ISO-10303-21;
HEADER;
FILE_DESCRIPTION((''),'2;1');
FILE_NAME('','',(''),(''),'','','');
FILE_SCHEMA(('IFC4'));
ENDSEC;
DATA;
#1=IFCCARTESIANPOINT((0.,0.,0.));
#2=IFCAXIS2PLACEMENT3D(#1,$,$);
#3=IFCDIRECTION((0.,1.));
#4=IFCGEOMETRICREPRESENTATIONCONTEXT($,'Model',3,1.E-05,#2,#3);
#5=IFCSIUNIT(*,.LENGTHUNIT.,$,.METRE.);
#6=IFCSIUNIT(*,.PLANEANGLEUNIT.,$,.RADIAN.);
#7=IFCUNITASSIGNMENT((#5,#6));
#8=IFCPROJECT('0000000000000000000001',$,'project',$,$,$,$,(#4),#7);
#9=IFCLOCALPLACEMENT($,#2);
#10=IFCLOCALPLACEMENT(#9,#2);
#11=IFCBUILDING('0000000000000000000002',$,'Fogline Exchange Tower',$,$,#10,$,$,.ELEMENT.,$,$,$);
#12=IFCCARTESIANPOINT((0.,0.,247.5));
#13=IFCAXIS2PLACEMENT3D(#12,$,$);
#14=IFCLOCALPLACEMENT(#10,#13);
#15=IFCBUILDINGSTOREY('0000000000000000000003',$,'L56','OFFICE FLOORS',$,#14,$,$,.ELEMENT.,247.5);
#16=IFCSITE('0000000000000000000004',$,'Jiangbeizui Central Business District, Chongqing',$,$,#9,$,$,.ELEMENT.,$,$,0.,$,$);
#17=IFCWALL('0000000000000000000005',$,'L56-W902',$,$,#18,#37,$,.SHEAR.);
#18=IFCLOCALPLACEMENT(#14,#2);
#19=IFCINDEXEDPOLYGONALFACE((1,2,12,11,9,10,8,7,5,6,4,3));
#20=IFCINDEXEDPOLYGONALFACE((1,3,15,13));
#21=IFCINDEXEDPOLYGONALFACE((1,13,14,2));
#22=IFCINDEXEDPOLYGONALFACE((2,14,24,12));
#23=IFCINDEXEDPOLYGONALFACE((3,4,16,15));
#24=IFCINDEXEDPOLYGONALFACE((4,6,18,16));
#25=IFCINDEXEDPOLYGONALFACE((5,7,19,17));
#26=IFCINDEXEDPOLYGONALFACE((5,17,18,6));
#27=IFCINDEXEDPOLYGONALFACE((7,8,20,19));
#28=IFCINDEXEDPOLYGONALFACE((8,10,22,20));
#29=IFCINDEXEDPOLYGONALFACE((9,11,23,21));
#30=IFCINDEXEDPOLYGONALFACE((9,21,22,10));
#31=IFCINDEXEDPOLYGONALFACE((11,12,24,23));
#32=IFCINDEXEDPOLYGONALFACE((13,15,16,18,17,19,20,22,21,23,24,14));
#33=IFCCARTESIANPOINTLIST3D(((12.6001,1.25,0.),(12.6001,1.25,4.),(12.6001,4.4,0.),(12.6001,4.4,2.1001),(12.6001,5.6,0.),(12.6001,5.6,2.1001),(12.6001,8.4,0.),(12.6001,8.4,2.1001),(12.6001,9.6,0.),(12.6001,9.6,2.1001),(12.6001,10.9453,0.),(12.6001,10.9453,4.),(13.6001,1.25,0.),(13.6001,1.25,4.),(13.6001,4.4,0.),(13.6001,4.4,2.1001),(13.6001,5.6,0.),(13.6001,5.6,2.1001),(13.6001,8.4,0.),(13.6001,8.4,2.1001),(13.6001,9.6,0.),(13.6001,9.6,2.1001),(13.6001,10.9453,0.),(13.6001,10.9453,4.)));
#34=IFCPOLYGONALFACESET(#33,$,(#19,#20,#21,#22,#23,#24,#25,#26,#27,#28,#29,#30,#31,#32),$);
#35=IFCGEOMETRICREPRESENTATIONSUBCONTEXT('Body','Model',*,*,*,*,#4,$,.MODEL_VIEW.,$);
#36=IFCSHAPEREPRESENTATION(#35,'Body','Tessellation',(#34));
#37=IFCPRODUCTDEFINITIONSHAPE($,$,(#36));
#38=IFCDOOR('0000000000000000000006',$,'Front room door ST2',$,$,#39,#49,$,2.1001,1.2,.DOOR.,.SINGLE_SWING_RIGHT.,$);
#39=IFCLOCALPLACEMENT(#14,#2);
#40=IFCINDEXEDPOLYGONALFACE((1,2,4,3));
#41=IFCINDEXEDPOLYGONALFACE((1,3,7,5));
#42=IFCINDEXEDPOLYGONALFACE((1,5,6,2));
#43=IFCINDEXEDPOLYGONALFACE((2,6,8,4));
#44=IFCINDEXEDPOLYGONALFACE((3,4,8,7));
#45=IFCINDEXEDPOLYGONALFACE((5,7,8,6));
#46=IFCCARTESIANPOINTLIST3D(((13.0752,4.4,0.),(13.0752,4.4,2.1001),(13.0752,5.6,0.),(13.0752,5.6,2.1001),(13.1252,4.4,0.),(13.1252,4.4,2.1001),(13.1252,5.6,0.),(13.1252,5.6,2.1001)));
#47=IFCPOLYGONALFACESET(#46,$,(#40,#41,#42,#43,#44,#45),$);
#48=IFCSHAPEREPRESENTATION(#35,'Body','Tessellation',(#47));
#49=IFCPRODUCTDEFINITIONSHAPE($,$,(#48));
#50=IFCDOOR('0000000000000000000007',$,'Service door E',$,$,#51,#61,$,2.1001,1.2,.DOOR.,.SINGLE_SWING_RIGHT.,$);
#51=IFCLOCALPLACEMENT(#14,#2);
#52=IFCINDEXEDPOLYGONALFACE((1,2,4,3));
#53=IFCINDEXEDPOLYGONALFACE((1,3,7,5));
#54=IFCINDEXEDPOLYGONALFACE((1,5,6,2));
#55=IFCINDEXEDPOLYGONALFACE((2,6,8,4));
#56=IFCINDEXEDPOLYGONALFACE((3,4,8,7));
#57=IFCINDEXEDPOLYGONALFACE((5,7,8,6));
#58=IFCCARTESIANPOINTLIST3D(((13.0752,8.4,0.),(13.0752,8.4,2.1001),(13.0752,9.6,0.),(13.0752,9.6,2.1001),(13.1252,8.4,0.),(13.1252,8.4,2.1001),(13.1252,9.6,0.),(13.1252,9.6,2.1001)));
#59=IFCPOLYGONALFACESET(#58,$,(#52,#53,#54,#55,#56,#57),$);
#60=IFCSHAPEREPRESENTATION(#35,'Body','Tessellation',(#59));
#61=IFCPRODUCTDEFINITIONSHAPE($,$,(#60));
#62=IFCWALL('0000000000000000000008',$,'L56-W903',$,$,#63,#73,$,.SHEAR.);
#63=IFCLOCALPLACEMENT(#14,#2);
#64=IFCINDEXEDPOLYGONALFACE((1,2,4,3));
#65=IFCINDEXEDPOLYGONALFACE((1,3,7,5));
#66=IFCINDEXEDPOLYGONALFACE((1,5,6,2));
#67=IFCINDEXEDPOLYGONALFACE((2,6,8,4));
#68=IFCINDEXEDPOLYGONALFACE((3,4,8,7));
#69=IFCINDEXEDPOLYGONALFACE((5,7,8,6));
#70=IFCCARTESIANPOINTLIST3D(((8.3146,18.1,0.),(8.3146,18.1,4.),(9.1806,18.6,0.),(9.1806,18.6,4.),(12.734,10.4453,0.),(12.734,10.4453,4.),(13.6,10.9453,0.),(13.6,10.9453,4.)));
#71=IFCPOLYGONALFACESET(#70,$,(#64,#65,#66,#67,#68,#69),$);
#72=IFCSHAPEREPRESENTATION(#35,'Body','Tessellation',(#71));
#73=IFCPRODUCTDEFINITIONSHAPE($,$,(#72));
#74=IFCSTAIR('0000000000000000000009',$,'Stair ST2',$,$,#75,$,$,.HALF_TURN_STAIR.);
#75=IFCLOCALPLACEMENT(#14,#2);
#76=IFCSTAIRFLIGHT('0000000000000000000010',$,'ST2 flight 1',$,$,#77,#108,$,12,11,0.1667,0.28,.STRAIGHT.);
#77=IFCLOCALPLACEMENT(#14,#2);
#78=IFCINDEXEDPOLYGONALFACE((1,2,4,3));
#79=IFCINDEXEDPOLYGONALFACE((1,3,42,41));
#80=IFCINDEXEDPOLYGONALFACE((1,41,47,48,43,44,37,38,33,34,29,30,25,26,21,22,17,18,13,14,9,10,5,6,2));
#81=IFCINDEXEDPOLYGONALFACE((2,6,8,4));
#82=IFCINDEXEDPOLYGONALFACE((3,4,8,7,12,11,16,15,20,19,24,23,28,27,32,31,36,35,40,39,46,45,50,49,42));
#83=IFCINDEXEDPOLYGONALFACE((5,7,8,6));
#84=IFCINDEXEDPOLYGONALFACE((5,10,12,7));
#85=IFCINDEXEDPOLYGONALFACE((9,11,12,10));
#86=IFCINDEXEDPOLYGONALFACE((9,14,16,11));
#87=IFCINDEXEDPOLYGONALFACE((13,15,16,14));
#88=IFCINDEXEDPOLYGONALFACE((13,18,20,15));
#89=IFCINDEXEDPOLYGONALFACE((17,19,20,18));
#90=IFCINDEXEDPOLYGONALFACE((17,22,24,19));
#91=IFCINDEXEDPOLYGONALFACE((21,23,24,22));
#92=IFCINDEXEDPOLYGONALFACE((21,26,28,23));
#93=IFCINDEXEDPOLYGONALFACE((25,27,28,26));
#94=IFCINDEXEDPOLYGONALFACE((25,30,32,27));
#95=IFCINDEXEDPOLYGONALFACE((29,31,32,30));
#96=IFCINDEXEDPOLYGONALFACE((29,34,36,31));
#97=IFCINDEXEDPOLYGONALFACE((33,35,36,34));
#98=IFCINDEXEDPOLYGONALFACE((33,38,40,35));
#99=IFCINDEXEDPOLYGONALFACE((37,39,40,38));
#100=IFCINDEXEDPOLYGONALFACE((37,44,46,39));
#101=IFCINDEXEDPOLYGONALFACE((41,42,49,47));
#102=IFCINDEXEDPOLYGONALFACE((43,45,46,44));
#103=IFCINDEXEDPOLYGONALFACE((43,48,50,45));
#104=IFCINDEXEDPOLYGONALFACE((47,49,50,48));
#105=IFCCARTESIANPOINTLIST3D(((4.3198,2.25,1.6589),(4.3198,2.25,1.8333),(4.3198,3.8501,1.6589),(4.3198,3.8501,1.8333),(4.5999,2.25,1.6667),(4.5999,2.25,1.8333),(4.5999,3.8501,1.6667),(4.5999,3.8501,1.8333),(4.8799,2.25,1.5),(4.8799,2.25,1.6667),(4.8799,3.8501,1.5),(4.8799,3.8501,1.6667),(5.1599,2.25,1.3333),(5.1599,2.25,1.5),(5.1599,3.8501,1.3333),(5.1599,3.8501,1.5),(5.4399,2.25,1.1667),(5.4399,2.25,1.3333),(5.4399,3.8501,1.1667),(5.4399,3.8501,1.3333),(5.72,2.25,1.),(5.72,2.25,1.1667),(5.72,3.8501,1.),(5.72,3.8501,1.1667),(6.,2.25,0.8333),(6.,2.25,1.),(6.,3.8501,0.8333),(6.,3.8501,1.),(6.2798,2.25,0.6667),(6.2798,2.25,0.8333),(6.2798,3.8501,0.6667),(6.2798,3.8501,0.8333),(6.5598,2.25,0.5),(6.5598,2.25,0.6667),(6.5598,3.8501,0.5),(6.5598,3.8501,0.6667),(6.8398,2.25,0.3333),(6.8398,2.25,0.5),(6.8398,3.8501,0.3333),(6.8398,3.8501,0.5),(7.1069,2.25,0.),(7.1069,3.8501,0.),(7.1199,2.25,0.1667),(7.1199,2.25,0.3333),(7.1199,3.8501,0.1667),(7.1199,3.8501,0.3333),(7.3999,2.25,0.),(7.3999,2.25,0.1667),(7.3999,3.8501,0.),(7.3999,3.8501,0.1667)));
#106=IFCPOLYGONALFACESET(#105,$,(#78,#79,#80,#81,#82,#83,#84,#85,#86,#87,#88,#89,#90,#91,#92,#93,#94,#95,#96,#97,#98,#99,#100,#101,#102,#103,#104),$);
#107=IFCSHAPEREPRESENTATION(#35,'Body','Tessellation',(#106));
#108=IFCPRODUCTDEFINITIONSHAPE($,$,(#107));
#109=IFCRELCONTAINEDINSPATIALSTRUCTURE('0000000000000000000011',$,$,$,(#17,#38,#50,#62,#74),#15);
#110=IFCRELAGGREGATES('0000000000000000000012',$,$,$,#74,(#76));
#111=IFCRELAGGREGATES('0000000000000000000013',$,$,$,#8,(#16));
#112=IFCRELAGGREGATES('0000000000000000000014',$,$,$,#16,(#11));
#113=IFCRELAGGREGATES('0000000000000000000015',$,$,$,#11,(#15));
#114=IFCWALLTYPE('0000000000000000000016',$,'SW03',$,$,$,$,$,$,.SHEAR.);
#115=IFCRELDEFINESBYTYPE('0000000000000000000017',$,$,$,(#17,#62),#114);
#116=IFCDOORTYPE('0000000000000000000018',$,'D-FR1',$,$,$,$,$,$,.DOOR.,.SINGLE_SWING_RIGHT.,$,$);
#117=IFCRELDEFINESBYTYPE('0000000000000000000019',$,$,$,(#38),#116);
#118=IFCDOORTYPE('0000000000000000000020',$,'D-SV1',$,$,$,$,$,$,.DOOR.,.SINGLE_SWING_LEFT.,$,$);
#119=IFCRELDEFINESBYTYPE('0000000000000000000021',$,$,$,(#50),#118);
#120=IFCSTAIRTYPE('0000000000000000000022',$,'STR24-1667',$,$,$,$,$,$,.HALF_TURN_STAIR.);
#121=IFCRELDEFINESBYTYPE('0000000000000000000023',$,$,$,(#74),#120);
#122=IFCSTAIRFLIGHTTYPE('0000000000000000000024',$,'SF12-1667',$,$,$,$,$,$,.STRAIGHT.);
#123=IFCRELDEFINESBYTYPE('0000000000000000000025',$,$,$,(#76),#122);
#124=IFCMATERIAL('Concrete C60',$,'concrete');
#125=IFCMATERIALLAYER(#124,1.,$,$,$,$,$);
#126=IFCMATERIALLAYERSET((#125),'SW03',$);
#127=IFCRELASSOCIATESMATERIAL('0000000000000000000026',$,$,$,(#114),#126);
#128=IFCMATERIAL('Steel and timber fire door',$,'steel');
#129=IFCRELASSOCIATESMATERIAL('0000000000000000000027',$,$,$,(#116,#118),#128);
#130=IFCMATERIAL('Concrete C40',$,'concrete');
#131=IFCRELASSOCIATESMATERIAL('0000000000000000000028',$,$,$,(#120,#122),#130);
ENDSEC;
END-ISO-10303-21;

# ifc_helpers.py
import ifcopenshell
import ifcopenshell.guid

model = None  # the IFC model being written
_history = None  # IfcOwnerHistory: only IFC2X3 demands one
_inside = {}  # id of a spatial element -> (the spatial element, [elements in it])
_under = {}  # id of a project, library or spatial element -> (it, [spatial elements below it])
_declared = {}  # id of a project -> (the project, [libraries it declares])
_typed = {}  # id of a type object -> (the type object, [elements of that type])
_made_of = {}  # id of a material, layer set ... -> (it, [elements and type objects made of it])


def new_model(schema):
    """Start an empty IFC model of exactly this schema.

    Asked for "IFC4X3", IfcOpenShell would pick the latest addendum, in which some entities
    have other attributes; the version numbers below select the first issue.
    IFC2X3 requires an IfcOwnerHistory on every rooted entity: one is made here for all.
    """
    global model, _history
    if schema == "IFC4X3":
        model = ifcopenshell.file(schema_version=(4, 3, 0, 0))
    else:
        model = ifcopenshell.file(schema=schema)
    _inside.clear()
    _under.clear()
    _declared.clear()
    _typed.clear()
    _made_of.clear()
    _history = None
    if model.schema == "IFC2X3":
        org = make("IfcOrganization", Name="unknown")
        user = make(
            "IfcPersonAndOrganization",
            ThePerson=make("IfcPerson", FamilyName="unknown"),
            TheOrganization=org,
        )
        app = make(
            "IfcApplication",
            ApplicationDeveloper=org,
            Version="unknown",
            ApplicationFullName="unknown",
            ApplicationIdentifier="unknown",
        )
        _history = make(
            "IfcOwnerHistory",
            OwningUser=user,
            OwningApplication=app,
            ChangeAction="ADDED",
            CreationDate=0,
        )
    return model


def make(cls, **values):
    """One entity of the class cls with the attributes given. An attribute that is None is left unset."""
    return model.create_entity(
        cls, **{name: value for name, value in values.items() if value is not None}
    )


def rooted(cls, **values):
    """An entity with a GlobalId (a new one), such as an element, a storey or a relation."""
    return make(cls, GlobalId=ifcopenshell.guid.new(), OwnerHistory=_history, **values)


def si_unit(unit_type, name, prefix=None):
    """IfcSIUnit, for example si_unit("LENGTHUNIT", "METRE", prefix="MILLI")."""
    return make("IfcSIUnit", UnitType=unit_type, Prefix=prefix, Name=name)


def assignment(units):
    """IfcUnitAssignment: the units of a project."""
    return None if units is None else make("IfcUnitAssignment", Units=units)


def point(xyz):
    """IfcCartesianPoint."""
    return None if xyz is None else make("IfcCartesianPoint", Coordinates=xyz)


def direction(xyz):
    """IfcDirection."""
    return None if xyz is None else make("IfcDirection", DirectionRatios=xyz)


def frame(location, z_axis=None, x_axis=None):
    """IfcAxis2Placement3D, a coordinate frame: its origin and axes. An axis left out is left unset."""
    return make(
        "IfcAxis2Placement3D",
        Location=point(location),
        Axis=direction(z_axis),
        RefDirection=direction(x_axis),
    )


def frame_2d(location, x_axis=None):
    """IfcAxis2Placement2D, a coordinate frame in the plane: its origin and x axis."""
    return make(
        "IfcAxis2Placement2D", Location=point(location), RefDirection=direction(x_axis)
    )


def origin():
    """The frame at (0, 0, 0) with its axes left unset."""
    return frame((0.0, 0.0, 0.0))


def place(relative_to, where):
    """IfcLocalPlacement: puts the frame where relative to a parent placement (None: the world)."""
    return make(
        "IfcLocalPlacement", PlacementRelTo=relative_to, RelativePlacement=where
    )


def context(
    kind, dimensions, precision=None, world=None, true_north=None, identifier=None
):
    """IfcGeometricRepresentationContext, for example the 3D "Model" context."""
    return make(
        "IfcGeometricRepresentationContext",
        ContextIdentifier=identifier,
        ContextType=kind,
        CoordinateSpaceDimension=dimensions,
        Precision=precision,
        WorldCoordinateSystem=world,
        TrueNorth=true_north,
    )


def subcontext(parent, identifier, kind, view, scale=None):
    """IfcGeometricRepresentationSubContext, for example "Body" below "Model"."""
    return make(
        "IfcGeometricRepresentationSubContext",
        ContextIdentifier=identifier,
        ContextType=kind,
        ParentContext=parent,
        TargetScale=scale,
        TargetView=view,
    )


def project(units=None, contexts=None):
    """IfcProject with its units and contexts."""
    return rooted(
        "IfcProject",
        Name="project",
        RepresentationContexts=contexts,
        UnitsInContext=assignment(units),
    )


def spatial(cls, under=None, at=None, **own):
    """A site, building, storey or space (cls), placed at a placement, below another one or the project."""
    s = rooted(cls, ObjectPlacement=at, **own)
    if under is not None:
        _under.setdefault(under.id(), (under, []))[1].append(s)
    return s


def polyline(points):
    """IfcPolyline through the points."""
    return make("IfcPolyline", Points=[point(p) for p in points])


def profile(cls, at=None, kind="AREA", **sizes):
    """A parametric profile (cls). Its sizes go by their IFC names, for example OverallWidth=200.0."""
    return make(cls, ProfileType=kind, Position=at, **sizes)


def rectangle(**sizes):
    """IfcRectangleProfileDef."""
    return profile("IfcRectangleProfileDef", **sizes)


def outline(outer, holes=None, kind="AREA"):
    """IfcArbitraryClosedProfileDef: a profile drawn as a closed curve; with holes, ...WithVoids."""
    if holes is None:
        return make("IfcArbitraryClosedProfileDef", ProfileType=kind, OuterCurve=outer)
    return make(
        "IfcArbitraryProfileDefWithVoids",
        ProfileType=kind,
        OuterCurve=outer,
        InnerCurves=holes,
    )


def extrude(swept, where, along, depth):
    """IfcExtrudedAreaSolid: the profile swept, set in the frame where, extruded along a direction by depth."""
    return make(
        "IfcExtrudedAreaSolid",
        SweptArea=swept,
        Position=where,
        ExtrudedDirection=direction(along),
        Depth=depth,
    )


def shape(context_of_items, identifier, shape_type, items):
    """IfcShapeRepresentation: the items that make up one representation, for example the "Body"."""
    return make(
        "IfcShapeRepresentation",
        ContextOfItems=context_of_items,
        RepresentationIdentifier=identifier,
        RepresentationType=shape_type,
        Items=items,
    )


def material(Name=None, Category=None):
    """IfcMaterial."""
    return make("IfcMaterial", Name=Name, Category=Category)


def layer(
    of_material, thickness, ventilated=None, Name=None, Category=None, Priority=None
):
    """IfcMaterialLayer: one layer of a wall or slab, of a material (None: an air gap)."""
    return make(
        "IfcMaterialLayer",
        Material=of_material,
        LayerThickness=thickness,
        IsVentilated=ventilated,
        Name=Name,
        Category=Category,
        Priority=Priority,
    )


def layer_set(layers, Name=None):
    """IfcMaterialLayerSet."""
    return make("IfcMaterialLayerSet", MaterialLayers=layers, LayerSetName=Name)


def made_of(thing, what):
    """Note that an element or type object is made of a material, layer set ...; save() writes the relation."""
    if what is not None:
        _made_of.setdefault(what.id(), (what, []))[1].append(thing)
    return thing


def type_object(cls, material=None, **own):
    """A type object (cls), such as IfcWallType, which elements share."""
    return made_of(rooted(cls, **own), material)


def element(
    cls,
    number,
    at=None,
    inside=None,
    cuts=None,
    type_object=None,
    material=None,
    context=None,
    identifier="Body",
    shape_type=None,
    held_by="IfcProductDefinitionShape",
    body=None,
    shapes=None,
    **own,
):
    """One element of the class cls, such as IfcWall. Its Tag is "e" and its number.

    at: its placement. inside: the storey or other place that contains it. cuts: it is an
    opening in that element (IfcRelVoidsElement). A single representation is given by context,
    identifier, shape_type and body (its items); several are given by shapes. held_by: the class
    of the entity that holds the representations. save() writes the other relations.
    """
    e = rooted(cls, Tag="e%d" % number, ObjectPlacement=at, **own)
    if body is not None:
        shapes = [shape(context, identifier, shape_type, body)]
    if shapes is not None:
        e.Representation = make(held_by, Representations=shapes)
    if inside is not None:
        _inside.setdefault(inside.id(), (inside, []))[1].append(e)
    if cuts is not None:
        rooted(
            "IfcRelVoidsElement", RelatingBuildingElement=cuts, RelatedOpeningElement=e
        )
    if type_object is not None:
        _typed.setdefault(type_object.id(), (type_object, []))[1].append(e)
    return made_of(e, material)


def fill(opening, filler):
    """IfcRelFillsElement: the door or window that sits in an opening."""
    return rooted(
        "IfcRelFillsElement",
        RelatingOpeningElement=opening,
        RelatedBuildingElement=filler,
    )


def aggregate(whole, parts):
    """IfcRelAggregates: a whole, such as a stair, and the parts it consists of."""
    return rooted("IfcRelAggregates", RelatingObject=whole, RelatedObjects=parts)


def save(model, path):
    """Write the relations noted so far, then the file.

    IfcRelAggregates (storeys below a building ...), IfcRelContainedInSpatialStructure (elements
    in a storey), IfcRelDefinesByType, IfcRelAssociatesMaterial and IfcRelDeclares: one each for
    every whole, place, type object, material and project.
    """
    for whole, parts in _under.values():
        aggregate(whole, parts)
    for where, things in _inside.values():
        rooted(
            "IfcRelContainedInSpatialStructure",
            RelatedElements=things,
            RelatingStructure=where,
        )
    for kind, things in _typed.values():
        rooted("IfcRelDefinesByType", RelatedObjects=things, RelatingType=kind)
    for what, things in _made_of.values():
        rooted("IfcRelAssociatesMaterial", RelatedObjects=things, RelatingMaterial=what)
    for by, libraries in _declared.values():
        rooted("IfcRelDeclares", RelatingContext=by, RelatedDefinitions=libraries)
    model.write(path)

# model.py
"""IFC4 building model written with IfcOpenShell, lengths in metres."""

from ifc_helpers import new_model, si_unit, direction, frame, frame_2d, origin, place, context, subcontext, project, spatial, polyline, rectangle, outline, extrude, material, layer, layer_set, type_object, element, fill, aggregate, save


model = new_model("IFC4")

# Units and contexts
model_context = context("Model", 3, precision=1e-05, world=origin(), true_north=direction((0.0, 1.0)))
body_context = subcontext(model_context, "Body", "Model", "MODEL_VIEW")
ifc_project = project(units=[si_unit("LENGTHUNIT", "METRE"), si_unit("PLANEANGLEUNIT", "RADIAN")], contexts=[model_context])

# Site, building, storey
site_placement = place(None, origin())
site = spatial("IfcSite", under=ifc_project, at=site_placement, Name="Jiangbeizui Central Business District, Chongqing", CompositionType="ELEMENT", RefElevation=0.0)
building_placement = place(site_placement, origin())
building = spatial("IfcBuilding", under=site, at=building_placement, Name="Fogline Exchange Tower", CompositionType="ELEMENT")
storey_placement = place(building_placement, frame((0.0, 0.0, 247.5)))
storey = spatial("IfcBuildingStorey", under=building, at=storey_placement, Name="L56", Description="OFFICE FLOORS", CompositionType="ELEMENT", Elevation=247.5)

# Shared definitions
ifc_material_1 = material(Name="Concrete C40", Category="concrete")

# Shared definitions
ifc_material_2 = material(Name="Steel and timber fire door", Category="steel")

# Wall, openings, doors
ifc_material_3 = material(Name="Concrete C60", Category="concrete")
ifc_layer_1 = layer(ifc_material_3, 1.0)
ifc_layer_set_1 = layer_set([ifc_layer_1], Name="SW03")
wall_type_1 = type_object("IfcWallType", Name="SW03", PredefinedType="SHEAR", material=ifc_layer_set_1)
wall_1_placement = place(storey_placement, frame((13.1001, 1.25, 0.0), z_axis=(0.0, 0.0, 1.0), x_axis=(0.0, 1.0, 0.0)))
wall_1 = element("IfcWall", 1, at=wall_1_placement, inside=storey, type_object=wall_type_1, Name="L56-W902", PredefinedType="SHEAR", context=body_context, shape_type="SweptSolid", body=[
    extrude(rectangle(XDim=9.6953, YDim=1.0, at=frame_2d((4.8477, 0.0))), origin(), (0.0, 0.0, 1.0), 4.0),
])
opening_1_placement = place(wall_1_placement, frame((3.1499, 0.0, 0.0)))
opening_1 = element("IfcOpeningElement", 2, at=opening_1_placement, cuts=wall_1, PredefinedType="OPENING", context=body_context, shape_type="SweptSolid", body=[
    extrude(rectangle(XDim=1.2, YDim=2.1001, at=frame_2d((0.6001, 1.05))), frame((0.0, 0.51, 0.0), z_axis=(0.0, -1.0, 0.0), x_axis=(1.0, 0.0, 0.0)), (0.0, 0.0, 1.0), 1.02),
])
opening_2_placement = place(wall_1_placement, frame((7.1499, 0.0, 0.0)))
opening_2 = element("IfcOpeningElement", 3, at=opening_2_placement, cuts=wall_1, PredefinedType="OPENING", context=body_context, shape_type="SweptSolid", body=[
    extrude(rectangle(XDim=1.2, YDim=2.1001, at=frame_2d((0.6001, 1.05))), frame((0.0, 0.51, 0.0), z_axis=(0.0, -1.0, 0.0), x_axis=(1.0, 0.0, 0.0)), (0.0, 0.0, 1.0), 1.02),
])
door_type_1 = type_object("IfcDoorType", Name="D-FR1", OperationType="SINGLE_SWING_RIGHT", PredefinedType="DOOR", material=ifc_material_2)
door_1_placement = place(opening_1_placement, origin())
door_1 = element("IfcDoor", 4, at=door_1_placement, inside=storey, type_object=door_type_1, Name="Front room door ST2", OperationType="SINGLE_SWING_RIGHT", OverallHeight=2.1001, OverallWidth=1.2, PredefinedType="DOOR", context=body_context, shape_type="SweptSolid", body=[
    extrude(rectangle(XDim=1.2, YDim=2.1001, at=frame_2d((0.6001, 1.05))), frame((0.0, 0.0249, 0.0), z_axis=(0.0, -1.0, 0.0), x_axis=(1.0, 0.0, 0.0)), (0.0, 0.0, 1.0), 0.05),
])
fill(opening_1, door_1)
door_type_2 = type_object("IfcDoorType", Name="D-SV1", OperationType="SINGLE_SWING_LEFT", PredefinedType="DOOR", material=ifc_material_2)
door_2_placement = place(opening_2_placement, origin())
door_2 = element("IfcDoor", 5, at=door_2_placement, inside=storey, type_object=door_type_2, Name="Service door E", OperationType="SINGLE_SWING_RIGHT", OverallHeight=2.1001, OverallWidth=1.2, PredefinedType="DOOR", context=body_context, shape_type="SweptSolid", body=[
    extrude(rectangle(XDim=1.2, YDim=2.1001, at=frame_2d((0.6001, 1.05))), frame((0.0, 0.0249, 0.0), z_axis=(0.0, -1.0, 0.0), x_axis=(1.0, 0.0, 0.0)), (0.0, 0.0, 1.0), 0.05),
])
fill(opening_2, door_2)

# Wall
wall_2_placement = place(storey_placement, frame((13.167, 10.6953, 0.0), z_axis=(0.0, 0.0, 1.0), x_axis=(-0.499995, 0.866028, 0.0)))
element("IfcWall", 6, at=wall_2_placement, inside=storey, type_object=wall_type_1, Name="L56-W903", PredefinedType="SHEAR", context=body_context, shape_type="SweptSolid", body=[
    extrude(rectangle(XDim=8.8389, YDim=1.0, at=frame_2d((4.4194, 0.0))), origin(), (0.0, 0.0, 1.0), 4.0),
])

# Stair, stair flight
stair_type = type_object("IfcStairType", Name="STR24-1667", PredefinedType="HALF_TURN_STAIR", material=ifc_material_1)
stair_placement = place(storey_placement, origin())
stair = element("IfcStair", 7, at=stair_placement, inside=storey, type_object=stair_type, Name="Stair ST2", PredefinedType="HALF_TURN_STAIR")
stair_flight_type = type_object("IfcStairFlightType", Name="SF12-1667", PredefinedType="STRAIGHT", material=ifc_material_1)
stair_flight_placement = place(storey_placement, frame((7.3999, 3.05, 0.0), z_axis=(0.0, 0.0, 1.0), x_axis=(-1.0, 0.0, 0.0)))
stair_flight = element("IfcStairFlight", 8, at=stair_flight_placement, type_object=stair_flight_type, Name="ST2 flight 1", NumberOfRisers=12, NumberOfTreads=11, PredefinedType="STRAIGHT", RiserHeight=0.1667, TreadLength=0.28, context=body_context, shape_type="SweptSolid", body=[
    extrude(outline(polyline([(0.0, 0.0), (0.0, 0.1667), (0.28, 0.1667), (0.28, 0.3333), (0.5601, 0.3333), (0.5601, 0.5), (0.8401, 0.5), (0.8401, 0.6667), (1.1201, 0.6667), (1.1201, 0.8333), (1.3999, 0.8333), (1.3999, 1.0), (1.6799, 1.0), (1.6799, 1.1667), (1.96, 1.1667), (1.96, 1.3333), (2.24, 1.3333), (2.24, 1.5), (2.52, 1.5), (2.52, 1.6667), (2.8, 1.6667), (2.8, 1.8333), (3.0801, 1.8333), (3.0801, 2.0), (3.0801, 1.6589), (0.293, 0.0), (0.0, 0.0)])), frame((0.0, 0.8, 0.0), z_axis=(0.0, -1.0, 0.0), x_axis=(1.0, 0.0, 0.0)), (0.0, 0.0, 1.0), 1.6001),
])
aggregate(stair, [stair_flight])

save(model, "model.ifc")
